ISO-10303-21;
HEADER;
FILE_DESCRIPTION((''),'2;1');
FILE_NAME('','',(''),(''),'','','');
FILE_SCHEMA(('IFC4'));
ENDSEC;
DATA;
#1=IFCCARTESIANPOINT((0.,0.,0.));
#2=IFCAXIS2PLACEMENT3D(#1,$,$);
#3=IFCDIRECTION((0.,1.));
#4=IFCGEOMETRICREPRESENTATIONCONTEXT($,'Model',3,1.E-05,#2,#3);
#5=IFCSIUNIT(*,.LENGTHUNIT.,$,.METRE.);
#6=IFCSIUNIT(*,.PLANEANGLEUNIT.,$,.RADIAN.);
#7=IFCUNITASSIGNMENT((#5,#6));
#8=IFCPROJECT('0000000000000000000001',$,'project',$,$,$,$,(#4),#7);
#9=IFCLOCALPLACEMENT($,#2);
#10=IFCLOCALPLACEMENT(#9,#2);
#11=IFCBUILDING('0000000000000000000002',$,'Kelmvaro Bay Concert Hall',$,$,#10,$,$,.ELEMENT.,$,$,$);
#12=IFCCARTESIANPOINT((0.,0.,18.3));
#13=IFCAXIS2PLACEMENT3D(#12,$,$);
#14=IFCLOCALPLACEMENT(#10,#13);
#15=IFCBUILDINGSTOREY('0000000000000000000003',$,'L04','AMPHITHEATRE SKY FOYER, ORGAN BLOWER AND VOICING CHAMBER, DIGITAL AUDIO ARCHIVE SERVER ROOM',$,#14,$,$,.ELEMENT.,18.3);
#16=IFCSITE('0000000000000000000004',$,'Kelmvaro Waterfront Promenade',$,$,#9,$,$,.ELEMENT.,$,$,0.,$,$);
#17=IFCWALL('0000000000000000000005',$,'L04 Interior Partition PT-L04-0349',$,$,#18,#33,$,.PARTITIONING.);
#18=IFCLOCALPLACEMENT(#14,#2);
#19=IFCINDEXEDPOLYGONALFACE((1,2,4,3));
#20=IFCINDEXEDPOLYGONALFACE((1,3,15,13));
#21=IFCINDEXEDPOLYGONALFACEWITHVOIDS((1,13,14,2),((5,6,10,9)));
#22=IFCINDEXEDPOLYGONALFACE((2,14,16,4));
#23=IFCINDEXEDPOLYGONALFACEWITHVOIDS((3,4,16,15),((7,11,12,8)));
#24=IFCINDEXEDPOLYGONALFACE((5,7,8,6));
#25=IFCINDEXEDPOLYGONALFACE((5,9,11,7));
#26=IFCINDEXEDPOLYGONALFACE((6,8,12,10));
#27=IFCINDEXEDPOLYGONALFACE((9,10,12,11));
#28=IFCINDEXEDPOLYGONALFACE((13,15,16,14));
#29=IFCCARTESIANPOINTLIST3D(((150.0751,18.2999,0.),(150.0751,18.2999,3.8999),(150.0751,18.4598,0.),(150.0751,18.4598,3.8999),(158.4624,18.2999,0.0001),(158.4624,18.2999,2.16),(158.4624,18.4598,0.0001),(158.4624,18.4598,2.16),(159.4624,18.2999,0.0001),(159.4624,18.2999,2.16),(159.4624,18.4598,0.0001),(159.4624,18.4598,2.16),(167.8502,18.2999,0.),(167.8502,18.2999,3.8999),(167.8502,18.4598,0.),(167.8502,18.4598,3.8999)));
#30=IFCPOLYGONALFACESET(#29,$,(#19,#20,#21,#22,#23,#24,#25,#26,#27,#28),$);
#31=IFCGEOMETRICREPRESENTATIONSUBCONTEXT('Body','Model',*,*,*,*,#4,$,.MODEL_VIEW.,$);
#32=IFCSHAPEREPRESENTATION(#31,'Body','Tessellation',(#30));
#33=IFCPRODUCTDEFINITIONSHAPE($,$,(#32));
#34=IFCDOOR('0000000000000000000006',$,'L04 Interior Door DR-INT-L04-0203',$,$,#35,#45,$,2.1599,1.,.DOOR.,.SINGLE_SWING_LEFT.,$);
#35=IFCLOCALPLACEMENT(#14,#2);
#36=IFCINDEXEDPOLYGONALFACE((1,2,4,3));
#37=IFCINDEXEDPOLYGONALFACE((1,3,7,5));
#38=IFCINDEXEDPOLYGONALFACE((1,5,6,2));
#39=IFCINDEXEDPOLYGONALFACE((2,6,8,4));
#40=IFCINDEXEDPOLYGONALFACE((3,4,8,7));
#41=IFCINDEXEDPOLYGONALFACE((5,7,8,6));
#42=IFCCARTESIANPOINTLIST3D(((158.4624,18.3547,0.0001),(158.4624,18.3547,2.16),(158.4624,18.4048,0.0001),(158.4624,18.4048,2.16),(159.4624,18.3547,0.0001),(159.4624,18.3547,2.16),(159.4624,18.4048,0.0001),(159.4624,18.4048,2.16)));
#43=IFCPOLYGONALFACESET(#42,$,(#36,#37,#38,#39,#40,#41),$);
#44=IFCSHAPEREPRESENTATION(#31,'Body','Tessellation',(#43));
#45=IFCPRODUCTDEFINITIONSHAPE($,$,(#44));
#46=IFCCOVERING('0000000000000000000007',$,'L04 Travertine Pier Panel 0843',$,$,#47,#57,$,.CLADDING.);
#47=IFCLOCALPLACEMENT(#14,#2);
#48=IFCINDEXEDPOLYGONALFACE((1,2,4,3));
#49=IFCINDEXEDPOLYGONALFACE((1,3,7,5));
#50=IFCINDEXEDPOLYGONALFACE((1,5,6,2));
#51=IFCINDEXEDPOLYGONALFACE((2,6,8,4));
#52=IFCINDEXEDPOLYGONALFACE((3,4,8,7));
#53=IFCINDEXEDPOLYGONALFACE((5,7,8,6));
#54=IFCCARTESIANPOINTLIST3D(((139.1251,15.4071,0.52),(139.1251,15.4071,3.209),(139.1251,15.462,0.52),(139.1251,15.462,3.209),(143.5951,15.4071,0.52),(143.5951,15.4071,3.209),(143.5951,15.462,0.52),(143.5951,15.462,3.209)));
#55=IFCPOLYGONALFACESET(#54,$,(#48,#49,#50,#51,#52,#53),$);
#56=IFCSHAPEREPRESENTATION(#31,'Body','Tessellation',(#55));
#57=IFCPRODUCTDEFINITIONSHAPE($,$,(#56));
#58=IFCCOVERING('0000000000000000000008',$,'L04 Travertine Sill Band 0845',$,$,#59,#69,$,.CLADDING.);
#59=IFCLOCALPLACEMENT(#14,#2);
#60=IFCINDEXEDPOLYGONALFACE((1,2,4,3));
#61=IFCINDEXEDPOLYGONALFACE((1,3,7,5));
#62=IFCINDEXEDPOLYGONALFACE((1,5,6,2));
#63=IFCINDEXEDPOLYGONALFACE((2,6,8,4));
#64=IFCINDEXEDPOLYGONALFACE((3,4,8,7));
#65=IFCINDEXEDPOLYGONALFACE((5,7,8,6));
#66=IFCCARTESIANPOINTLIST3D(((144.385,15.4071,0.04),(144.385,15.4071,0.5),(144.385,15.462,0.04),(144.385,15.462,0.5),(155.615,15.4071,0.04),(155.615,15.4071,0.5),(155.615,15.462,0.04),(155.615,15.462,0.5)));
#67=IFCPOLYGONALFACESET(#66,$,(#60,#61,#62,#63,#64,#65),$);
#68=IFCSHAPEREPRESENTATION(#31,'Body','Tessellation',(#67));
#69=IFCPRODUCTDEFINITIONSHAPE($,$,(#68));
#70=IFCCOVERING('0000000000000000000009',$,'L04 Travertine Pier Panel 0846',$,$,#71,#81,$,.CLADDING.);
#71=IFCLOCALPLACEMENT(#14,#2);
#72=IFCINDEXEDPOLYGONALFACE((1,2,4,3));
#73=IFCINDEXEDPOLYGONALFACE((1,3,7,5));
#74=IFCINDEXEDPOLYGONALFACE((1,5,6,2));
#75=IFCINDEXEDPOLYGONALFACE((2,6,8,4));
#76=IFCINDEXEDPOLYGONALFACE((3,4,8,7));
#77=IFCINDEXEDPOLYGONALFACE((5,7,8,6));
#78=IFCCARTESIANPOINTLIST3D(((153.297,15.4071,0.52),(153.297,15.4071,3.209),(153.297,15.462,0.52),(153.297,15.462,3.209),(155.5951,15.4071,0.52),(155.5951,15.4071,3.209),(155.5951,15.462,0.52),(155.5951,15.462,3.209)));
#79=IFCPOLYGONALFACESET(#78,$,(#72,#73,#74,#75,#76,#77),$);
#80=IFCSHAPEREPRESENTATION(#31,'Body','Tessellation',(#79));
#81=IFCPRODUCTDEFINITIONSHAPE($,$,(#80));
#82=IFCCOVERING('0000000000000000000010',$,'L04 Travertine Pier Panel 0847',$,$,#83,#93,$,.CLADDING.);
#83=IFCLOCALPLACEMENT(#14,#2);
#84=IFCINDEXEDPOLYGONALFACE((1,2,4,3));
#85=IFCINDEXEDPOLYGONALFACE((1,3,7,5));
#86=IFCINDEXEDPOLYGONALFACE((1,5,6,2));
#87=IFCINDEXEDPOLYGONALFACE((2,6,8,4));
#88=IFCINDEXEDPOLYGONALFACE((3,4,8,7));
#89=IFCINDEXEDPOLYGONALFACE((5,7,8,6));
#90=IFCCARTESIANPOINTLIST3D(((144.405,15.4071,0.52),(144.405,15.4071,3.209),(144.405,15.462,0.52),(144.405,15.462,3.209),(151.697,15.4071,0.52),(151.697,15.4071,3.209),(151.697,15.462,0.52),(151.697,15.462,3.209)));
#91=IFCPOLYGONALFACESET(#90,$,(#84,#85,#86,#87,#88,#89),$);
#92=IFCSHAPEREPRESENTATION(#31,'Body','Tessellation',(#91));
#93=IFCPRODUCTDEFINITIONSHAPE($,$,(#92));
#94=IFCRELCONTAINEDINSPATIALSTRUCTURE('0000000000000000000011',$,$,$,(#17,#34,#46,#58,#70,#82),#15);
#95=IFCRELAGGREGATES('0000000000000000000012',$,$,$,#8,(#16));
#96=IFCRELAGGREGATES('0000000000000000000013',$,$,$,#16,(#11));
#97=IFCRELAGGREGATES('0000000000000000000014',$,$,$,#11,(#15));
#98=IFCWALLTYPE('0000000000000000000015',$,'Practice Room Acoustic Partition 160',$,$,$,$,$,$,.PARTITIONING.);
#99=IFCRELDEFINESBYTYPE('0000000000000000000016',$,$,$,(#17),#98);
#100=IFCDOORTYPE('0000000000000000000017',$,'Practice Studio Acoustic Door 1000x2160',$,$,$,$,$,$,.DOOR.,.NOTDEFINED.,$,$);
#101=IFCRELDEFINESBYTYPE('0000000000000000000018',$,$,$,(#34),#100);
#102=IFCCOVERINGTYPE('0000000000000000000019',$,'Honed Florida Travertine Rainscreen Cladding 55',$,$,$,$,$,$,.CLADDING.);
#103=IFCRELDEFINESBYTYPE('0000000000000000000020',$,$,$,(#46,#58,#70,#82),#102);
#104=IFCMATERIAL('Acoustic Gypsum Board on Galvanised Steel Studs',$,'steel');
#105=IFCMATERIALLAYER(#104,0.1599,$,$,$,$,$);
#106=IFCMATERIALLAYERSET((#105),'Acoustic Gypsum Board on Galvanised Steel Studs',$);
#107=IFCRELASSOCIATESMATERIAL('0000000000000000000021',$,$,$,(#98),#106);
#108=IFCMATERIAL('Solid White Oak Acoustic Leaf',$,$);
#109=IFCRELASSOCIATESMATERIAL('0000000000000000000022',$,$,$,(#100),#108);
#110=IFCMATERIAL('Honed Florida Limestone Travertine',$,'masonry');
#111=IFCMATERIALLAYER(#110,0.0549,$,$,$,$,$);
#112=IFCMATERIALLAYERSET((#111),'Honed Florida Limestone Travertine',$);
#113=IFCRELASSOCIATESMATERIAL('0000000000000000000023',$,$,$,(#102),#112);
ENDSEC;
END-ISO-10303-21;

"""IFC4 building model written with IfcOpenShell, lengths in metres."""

from ifc_helpers import new_model, si_unit, direction, frame, frame_2d, origin, origin_2d, place, context, subcontext, project, spatial, rectangle, extrude, material, layer, layer_set, type_object, element, fill, save


model = new_model("IFC4")

# Units and contexts
model_context = context("Model", 3, precision=1e-05, world=origin(), true_north=direction((0.0, 1.0)))
body_context = subcontext(model_context, "Body", "Model", "MODEL_VIEW")
ifc_project = project(units=[si_unit("LENGTHUNIT", "METRE"), si_unit("PLANEANGLEUNIT", "RADIAN")], contexts=[model_context])

# Site, building, storey
site_placement = place(None, origin())
site = spatial("IfcSite", under=ifc_project, at=site_placement, Name="Kelmvaro Waterfront Promenade", CompositionType="ELEMENT", RefElevation=0.0)
building_placement = place(site_placement, origin())
building = spatial("IfcBuilding", under=site, at=building_placement, Name="Kelmvaro Bay Concert Hall", CompositionType="ELEMENT")
storey_placement = place(building_placement, frame((0.0, 0.0, 18.3)))
storey = spatial("IfcBuildingStorey", under=building, at=storey_placement, Name="L04", Description="AMPHITHEATRE SKY FOYER, ORGAN BLOWER AND VOICING CHAMBER, DIGITAL AUDIO ARCHIVE SERVER ROOM", CompositionType="ELEMENT", Elevation=18.3)

# Wall, opening, door
ifc_material_1 = material(Name="Acoustic Gypsum Board on Galvanised Steel Studs", Category="steel")
ifc_layer_1 = layer(ifc_material_1, 0.1599)
ifc_layer_set_1 = layer_set([ifc_layer_1], Name="Acoustic Gypsum Board on Galvanised Steel Studs")
wall_type_1 = type_object("IfcWallType", Name="Practice Room Acoustic Partition 160", PredefinedType="PARTITIONING", material=ifc_layer_set_1)
wall_1_placement = place(storey_placement, frame((150.075, 18.3799, 0.0), z_axis=(0.0, 0.0, 1.0), x_axis=(1.0, 0.0, 0.0)))
wall_1 = element("IfcWall", 1, at=wall_1_placement, inside=storey, type_object=wall_type_1, Name="L04 Interior Partition PT-L04-0349", PredefinedType="PARTITIONING", context=body_context, shape_type="SweptSolid", body=[
    extrude(rectangle(XDim=17.7751, YDim=0.1599, at=frame_2d((8.8877, 0.0))), origin(), (0.0, 0.0, 1.0), 3.8999),
])
opening_1_placement = place(wall_1_placement, frame((8.3875, 0.0, 0.0)))
opening_1 = element("IfcOpeningElement", 2, at=opening_1_placement, cuts=wall_1, PredefinedType="OPENING", context=body_context, shape_type="SweptSolid", body=[
    extrude(rectangle(XDim=1.0, YDim=2.1599, at=frame_2d((0.5, 1.0801))), frame((0.0, 0.0898, 0.0), z_axis=(0.0, -1.0, 0.0), x_axis=(1.0, 0.0, 0.0)), (0.0, 0.0, 1.0), 0.1799),
])
ifc_material_2 = material(Name="Solid White Oak Acoustic Leaf")
door_type_1 = type_object("IfcDoorType", Name="Practice Studio Acoustic Door 1000x2160", OperationType="NOTDEFINED", PredefinedType="DOOR", material=ifc_material_2)
door_1_placement = place(opening_1_placement, origin())
door_1 = element("IfcDoor", 3, at=door_1_placement, inside=storey, type_object=door_type_1, Name="L04 Interior Door DR-INT-L04-0203", OperationType="SINGLE_SWING_LEFT", OverallHeight=2.1599, OverallWidth=1.0, PredefinedType="DOOR", context=body_context, shape_type="SweptSolid", body=[
    extrude(rectangle(XDim=1.0, YDim=2.1599, at=frame_2d((0.5, 1.0801))), frame((0.0, 0.0249, 0.0), z_axis=(0.0, -1.0, 0.0), x_axis=(1.0, 0.0, 0.0)), (0.0, 0.0, 1.0), 0.05),
])
fill(opening_1, door_1)

# Coverings
ifc_material_3 = material(Name="Honed Florida Limestone Travertine", Category="masonry")
ifc_layer_2 = layer(ifc_material_3, 0.0549)
ifc_layer_set_2 = layer_set([ifc_layer_2], Name="Honed Florida Limestone Travertine")
covering_type = type_object("IfcCoveringType", Name="Honed Florida Travertine Rainscreen Cladding 55", PredefinedType="CLADDING", material=ifc_layer_set_2)
covering_1_placement = place(storey_placement, frame((141.3601, 15.4346, 0.52), z_axis=(0.0, 0.0, 1.0), x_axis=(-1.0, 0.0, 0.0)))
element("IfcCovering", 4, at=covering_1_placement, inside=storey, type_object=covering_type, Name="L04 Travertine Pier Panel 0843", PredefinedType="CLADDING", context=body_context, shape_type="SweptSolid", body=[
    extrude(rectangle(XDim=4.47, YDim=0.0549, at=origin_2d()), origin(), (0.0, 0.0, 1.0), 2.689),
])
covering_2_placement = place(storey_placement, frame((150.0, 15.4346, 0.04), z_axis=(0.0, 0.0, 1.0), x_axis=(-1.0, 0.0, 0.0)))
element("IfcCovering", 5, at=covering_2_placement, inside=storey, type_object=covering_type, Name="L04 Travertine Sill Band 0845", PredefinedType="CLADDING", context=body_context, shape_type="SweptSolid", body=[
    extrude(rectangle(XDim=11.23, YDim=0.0549, at=origin_2d()), origin(), (0.0, 0.0, 1.0), 0.46),
])
covering_3_placement = place(storey_placement, frame((154.446, 15.4346, 0.52), z_axis=(0.0, 0.0, 1.0), x_axis=(-1.0, 0.0, 0.0)))
element("IfcCovering", 6, at=covering_3_placement, inside=storey, type_object=covering_type, Name="L04 Travertine Pier Panel 0846", PredefinedType="CLADDING", context=body_context, shape_type="SweptSolid", body=[
    extrude(rectangle(XDim=2.2981, YDim=0.0549, at=origin_2d()), origin(), (0.0, 0.0, 1.0), 2.689),
])
covering_4_placement = place(storey_placement, frame((148.051, 15.4346, 0.52), z_axis=(0.0, 0.0, 1.0), x_axis=(-1.0, 0.0, 0.0)))
element("IfcCovering", 7, at=covering_4_placement, inside=storey, type_object=covering_type, Name="L04 Travertine Pier Panel 0847", PredefinedType="CLADDING", context=body_context, shape_type="SweptSolid", body=[
    extrude(rectangle(XDim=7.292, YDim=0.0549, at=origin_2d()), origin(), (0.0, 0.0, 1.0), 2.689),
])

save(model, "model.ifc")
